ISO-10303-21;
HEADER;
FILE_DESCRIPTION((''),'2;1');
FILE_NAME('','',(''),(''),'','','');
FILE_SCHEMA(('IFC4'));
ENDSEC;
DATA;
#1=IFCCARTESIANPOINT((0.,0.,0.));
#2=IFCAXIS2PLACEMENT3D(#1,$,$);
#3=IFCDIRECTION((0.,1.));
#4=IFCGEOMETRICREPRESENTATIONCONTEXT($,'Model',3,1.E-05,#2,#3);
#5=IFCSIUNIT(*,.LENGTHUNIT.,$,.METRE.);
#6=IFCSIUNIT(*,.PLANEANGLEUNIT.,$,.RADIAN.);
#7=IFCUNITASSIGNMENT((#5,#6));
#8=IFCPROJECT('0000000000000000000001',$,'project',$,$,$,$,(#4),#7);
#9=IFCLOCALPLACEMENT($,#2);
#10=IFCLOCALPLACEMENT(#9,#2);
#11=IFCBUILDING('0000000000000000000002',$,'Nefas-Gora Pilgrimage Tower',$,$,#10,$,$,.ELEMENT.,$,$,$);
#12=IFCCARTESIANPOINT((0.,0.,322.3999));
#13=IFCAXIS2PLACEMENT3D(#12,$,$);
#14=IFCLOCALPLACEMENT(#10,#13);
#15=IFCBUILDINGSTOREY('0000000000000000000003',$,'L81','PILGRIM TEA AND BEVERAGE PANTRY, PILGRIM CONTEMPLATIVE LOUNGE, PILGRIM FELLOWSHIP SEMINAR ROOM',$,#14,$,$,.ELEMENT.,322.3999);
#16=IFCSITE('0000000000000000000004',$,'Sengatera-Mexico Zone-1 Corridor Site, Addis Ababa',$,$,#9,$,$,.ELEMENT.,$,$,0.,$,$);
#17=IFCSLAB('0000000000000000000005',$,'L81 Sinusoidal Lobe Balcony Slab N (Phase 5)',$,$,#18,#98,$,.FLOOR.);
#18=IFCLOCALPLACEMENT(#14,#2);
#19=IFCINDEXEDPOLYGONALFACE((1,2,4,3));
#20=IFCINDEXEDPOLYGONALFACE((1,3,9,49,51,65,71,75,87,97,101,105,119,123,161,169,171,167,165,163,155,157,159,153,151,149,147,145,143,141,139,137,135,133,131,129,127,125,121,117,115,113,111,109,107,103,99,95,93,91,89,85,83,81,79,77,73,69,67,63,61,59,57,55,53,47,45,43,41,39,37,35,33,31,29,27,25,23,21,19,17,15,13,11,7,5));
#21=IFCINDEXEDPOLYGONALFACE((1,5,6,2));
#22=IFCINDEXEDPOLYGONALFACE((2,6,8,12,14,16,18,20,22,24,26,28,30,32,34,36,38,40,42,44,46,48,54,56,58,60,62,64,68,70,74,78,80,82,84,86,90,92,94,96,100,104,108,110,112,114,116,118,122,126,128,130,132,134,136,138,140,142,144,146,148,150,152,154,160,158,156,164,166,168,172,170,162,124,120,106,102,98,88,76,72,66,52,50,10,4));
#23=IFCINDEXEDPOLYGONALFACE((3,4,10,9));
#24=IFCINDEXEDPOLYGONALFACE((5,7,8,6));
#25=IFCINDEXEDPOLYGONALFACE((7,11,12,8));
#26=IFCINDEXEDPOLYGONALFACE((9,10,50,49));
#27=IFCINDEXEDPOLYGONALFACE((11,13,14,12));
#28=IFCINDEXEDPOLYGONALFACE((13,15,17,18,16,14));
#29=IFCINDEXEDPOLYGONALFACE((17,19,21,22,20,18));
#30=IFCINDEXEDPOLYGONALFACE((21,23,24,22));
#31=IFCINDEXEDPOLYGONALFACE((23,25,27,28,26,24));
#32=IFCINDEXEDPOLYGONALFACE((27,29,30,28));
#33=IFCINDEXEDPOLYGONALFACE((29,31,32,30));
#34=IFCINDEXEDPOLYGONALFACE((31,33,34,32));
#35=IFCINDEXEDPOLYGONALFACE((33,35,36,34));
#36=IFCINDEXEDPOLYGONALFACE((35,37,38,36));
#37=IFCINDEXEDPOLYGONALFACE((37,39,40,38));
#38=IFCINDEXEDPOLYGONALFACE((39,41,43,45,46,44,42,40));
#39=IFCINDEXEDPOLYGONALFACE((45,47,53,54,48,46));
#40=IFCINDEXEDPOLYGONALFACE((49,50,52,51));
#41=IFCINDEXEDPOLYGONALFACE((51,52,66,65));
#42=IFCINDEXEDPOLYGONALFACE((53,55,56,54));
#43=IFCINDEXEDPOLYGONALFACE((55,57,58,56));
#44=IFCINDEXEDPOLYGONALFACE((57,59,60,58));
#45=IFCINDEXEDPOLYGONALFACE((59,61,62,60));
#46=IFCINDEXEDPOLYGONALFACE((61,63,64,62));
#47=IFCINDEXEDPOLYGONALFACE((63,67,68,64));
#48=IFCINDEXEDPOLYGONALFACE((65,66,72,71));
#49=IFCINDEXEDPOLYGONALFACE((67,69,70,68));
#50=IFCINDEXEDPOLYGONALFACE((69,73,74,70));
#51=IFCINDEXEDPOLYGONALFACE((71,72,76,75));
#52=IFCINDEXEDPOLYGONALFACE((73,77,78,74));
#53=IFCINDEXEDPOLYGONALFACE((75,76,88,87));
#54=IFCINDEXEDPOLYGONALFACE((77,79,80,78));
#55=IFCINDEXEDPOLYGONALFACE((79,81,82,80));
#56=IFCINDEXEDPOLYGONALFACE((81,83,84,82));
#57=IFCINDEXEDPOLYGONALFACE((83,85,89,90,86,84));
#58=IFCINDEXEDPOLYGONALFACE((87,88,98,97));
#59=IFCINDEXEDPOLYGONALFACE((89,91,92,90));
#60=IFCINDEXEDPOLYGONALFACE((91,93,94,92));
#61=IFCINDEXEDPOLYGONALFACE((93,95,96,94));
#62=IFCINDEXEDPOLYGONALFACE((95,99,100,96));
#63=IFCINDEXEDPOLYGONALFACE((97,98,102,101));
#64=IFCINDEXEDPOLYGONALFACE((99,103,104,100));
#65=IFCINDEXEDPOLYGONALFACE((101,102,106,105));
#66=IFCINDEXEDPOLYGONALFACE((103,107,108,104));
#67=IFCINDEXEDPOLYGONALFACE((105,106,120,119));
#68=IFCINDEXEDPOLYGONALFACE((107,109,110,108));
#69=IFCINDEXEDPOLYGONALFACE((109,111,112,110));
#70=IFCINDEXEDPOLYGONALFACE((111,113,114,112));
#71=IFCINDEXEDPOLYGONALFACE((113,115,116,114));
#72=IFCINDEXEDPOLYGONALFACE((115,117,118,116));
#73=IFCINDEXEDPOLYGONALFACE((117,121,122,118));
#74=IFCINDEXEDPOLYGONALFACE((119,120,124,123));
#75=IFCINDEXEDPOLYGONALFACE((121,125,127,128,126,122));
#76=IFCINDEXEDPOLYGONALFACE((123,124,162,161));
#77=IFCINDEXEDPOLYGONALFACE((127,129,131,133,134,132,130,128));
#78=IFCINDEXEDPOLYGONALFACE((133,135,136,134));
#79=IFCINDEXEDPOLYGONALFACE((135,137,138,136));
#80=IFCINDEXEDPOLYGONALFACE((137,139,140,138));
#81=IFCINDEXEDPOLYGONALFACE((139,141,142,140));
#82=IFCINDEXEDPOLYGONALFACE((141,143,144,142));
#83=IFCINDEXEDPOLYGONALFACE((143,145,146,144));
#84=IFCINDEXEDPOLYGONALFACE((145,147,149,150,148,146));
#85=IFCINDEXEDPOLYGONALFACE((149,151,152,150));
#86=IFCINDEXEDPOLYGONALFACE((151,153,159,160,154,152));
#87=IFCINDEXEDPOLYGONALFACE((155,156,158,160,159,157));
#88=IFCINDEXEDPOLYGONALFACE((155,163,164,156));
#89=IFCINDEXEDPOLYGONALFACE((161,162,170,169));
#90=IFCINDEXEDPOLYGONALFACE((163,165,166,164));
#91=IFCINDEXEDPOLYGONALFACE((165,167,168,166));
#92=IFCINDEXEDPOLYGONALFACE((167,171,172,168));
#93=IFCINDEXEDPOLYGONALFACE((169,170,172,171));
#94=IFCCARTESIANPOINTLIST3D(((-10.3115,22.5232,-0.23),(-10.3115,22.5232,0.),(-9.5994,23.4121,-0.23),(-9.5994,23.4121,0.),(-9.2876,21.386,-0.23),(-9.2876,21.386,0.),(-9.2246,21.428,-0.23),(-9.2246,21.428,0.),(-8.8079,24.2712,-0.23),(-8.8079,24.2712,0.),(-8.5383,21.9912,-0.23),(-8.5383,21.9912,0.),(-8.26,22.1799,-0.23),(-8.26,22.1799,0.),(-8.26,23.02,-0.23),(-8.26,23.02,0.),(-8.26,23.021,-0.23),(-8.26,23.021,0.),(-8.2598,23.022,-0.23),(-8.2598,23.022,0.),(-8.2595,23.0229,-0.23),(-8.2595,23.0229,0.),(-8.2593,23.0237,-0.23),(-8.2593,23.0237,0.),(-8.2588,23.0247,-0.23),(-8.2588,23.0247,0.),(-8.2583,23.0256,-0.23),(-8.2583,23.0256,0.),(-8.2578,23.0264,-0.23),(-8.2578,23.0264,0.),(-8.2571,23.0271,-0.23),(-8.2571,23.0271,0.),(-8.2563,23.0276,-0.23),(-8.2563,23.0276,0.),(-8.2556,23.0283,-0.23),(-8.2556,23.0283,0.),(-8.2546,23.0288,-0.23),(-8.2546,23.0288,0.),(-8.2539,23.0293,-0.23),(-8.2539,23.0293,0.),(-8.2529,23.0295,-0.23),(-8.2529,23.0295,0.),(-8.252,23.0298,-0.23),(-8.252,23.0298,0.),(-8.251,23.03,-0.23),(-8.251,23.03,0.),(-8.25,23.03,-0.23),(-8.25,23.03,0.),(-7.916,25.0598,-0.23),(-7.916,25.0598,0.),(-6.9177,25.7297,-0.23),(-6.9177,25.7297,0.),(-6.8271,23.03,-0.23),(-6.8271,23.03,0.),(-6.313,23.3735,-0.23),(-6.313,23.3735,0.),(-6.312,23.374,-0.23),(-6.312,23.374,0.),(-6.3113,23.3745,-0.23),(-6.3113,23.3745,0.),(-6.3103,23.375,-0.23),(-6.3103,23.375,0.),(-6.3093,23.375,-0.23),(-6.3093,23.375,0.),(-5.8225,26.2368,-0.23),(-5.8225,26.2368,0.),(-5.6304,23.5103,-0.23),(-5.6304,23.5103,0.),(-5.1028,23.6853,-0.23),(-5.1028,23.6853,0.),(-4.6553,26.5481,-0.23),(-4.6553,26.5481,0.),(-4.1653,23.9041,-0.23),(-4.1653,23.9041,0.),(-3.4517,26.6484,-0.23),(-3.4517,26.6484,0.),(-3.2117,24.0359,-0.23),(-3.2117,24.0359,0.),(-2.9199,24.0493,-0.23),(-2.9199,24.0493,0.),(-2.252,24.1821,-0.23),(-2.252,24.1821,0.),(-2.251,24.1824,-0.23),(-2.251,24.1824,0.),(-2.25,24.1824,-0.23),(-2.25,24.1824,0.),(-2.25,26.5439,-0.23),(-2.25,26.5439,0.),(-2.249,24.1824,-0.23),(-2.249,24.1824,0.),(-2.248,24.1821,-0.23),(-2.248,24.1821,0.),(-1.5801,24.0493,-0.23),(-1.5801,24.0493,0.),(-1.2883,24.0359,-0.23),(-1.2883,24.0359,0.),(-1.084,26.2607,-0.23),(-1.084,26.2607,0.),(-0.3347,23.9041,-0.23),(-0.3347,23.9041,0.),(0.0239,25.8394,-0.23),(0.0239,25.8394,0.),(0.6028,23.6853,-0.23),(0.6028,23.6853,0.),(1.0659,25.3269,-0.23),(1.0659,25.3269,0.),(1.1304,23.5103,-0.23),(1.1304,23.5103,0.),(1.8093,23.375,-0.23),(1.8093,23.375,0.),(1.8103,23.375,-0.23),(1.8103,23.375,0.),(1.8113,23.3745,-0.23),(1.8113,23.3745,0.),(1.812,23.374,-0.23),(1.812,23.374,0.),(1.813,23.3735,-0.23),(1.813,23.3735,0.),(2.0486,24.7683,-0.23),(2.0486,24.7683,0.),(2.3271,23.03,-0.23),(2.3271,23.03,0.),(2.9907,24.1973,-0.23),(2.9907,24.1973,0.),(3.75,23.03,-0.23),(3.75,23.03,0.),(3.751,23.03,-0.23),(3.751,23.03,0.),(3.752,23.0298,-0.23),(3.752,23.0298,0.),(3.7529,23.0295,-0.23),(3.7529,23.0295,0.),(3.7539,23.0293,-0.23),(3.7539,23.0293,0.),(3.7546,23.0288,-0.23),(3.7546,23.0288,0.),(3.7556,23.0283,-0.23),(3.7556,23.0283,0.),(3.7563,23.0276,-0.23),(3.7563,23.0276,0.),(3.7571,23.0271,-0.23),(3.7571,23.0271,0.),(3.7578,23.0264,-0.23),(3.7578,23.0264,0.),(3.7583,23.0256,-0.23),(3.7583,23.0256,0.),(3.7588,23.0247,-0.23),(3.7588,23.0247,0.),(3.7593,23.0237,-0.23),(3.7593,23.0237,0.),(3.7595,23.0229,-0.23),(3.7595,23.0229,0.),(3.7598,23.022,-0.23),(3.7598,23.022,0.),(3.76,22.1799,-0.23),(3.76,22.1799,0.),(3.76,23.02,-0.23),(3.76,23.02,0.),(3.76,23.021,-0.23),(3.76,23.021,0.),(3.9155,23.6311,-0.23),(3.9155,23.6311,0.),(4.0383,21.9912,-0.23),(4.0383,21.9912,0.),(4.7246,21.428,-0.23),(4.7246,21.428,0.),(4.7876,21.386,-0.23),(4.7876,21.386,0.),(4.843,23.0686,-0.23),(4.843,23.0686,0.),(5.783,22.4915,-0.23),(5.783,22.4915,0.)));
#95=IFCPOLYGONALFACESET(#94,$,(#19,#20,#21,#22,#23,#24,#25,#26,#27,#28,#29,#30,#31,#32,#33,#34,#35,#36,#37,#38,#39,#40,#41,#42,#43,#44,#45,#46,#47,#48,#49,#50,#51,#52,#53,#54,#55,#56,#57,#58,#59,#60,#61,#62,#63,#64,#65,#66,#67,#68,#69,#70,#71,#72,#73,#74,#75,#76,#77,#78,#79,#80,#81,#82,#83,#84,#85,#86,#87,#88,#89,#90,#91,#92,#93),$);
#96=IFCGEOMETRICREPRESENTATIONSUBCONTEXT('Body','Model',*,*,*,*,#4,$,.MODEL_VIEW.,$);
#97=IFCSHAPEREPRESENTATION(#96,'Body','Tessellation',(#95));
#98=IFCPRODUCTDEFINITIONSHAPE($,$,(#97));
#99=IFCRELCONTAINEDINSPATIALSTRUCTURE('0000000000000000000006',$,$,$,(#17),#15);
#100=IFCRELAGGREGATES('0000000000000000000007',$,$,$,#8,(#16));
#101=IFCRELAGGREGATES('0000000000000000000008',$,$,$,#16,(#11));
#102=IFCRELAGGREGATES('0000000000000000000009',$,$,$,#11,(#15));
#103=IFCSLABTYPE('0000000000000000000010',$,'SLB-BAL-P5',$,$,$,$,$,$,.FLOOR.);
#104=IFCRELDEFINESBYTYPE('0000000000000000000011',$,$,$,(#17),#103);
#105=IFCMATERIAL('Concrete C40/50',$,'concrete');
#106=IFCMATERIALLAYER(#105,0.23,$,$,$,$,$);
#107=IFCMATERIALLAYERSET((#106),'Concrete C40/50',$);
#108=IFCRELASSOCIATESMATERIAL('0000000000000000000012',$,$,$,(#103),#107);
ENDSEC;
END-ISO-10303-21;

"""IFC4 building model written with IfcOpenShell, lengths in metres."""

from ifc_helpers import new_model, si_unit, direction, frame, origin, place, context, subcontext, project, spatial, polyline, outline, extrude, material, layer, layer_set, type_object, element, save


model = new_model("IFC4")

# Units and contexts
model_context = context("Model", 3, precision=1e-05, world=origin(), true_north=direction((0.0, 1.0)))
body_context = subcontext(model_context, "Body", "Model", "MODEL_VIEW")
ifc_project = project(units=[si_unit("LENGTHUNIT", "METRE"), si_unit("PLANEANGLEUNIT", "RADIAN")], contexts=[model_context])

# Site, building, storey
site_placement = place(None, origin())
site = spatial("IfcSite", under=ifc_project, at=site_placement, Name="Sengatera-Mexico Zone-1 Corridor Site, Addis Ababa", CompositionType="ELEMENT", RefElevation=0.0)
building_placement = place(site_placement, origin())
building = spatial("IfcBuilding", under=site, at=building_placement, Name="Nefas-Gora Pilgrimage Tower", CompositionType="ELEMENT")
storey_placement = place(building_placement, frame((0.0, 0.0, 322.3999)))
storey = spatial("IfcBuildingStorey", under=building, at=storey_placement, Name="L81", Description="PILGRIM TEA AND BEVERAGE PANTRY, PILGRIM CONTEMPLATIVE LOUNGE, PILGRIM FELLOWSHIP SEMINAR ROOM", CompositionType="ELEMENT", Elevation=322.3999)

# Slab
ifc_material_1 = material(Name="Concrete C40/50", Category="concrete")
ifc_layer_1 = layer(ifc_material_1, 0.23)
ifc_layer_set_1 = layer_set([ifc_layer_1], Name="Concrete C40/50")
slab_type_1 = type_object("IfcSlabType", Name="SLB-BAL-P5", PredefinedType="FLOOR", material=ifc_layer_set_1)
slab_1_placement = place(storey_placement, frame((0.0, 0.0, -0.23)))
element("IfcSlab", 1, at=slab_1_placement, inside=storey, type_object=slab_type_1, Name="L81 Sinusoidal Lobe Balcony Slab N (Phase 5)", PredefinedType="FLOOR", context=body_context, shape_type="SweptSolid", body=[
    extrude(outline(polyline([(-9.2876, 21.386), (-9.2246, 21.428), (-8.5383, 21.9912), (-8.26, 22.1799), (-8.26, 23.02), (-8.26, 23.021), (-8.2598, 23.022), (-8.2595, 23.0229), (-8.2593, 23.0237), (-8.2588, 23.0247), (-8.2583, 23.0256), (-8.2578, 23.0264), (-8.2571, 23.0271), (-8.2563, 23.0276), (-8.2556, 23.0283), (-8.2546, 23.0288), (-8.2539, 23.0293), (-8.2529, 23.0295), (-8.252, 23.0298), (-8.251, 23.03), (-8.25, 23.03), (-6.8271, 23.03), (-6.313, 23.3735), (-6.312, 23.374), (-6.3113, 23.3745), (-6.3103, 23.375), (-6.3093, 23.375), (-5.6304, 23.5103), (-5.1028, 23.6853), (-4.1653, 23.9041), (-3.2117, 24.0359), (-2.9199, 24.0493), (-2.252, 24.1821), (-2.251, 24.1824), (-2.25, 24.1824), (-2.249, 24.1824), (-2.248, 24.1821), (-1.5801, 24.0493), (-1.2883, 24.0359), (-0.3347, 23.9041), (0.6028, 23.6853), (1.1304, 23.5103), (1.8093, 23.375), (1.8103, 23.375), (1.8113, 23.3745), (1.812, 23.374), (1.813, 23.3735), (2.3271, 23.03), (3.75, 23.03), (3.751, 23.03), (3.752, 23.0298), (3.7529, 23.0295), (3.7539, 23.0293), (3.7546, 23.0288), (3.7556, 23.0283), (3.7563, 23.0276), (3.7571, 23.0271), (3.7578, 23.0264), (3.7583, 23.0256), (3.7588, 23.0247), (3.7593, 23.0237), (3.7595, 23.0229), (3.7598, 23.022), (3.76, 23.021), (3.76, 23.02), (3.76, 22.1799), (4.0383, 21.9912), (4.7246, 21.428), (4.7876, 21.386), (5.783, 22.4915), (4.843, 23.0686), (3.9155, 23.6311), (2.9907, 24.1973), (2.0486, 24.7683), (1.0659, 25.3269), (0.0239, 25.8394), (-1.084, 26.2607), (-2.25, 26.5439), (-3.4517, 26.6484), (-4.6553, 26.5481), (-5.8225, 26.2368), (-6.9177, 25.7297), (-7.916, 25.0598), (-8.8079, 24.2712), (-9.5994, 23.4121), (-10.3115, 22.5232), (-9.2876, 21.386)])), origin(), (0.0, 0.0, 1.0), 0.23),
])

save(model, "model.ifc")
